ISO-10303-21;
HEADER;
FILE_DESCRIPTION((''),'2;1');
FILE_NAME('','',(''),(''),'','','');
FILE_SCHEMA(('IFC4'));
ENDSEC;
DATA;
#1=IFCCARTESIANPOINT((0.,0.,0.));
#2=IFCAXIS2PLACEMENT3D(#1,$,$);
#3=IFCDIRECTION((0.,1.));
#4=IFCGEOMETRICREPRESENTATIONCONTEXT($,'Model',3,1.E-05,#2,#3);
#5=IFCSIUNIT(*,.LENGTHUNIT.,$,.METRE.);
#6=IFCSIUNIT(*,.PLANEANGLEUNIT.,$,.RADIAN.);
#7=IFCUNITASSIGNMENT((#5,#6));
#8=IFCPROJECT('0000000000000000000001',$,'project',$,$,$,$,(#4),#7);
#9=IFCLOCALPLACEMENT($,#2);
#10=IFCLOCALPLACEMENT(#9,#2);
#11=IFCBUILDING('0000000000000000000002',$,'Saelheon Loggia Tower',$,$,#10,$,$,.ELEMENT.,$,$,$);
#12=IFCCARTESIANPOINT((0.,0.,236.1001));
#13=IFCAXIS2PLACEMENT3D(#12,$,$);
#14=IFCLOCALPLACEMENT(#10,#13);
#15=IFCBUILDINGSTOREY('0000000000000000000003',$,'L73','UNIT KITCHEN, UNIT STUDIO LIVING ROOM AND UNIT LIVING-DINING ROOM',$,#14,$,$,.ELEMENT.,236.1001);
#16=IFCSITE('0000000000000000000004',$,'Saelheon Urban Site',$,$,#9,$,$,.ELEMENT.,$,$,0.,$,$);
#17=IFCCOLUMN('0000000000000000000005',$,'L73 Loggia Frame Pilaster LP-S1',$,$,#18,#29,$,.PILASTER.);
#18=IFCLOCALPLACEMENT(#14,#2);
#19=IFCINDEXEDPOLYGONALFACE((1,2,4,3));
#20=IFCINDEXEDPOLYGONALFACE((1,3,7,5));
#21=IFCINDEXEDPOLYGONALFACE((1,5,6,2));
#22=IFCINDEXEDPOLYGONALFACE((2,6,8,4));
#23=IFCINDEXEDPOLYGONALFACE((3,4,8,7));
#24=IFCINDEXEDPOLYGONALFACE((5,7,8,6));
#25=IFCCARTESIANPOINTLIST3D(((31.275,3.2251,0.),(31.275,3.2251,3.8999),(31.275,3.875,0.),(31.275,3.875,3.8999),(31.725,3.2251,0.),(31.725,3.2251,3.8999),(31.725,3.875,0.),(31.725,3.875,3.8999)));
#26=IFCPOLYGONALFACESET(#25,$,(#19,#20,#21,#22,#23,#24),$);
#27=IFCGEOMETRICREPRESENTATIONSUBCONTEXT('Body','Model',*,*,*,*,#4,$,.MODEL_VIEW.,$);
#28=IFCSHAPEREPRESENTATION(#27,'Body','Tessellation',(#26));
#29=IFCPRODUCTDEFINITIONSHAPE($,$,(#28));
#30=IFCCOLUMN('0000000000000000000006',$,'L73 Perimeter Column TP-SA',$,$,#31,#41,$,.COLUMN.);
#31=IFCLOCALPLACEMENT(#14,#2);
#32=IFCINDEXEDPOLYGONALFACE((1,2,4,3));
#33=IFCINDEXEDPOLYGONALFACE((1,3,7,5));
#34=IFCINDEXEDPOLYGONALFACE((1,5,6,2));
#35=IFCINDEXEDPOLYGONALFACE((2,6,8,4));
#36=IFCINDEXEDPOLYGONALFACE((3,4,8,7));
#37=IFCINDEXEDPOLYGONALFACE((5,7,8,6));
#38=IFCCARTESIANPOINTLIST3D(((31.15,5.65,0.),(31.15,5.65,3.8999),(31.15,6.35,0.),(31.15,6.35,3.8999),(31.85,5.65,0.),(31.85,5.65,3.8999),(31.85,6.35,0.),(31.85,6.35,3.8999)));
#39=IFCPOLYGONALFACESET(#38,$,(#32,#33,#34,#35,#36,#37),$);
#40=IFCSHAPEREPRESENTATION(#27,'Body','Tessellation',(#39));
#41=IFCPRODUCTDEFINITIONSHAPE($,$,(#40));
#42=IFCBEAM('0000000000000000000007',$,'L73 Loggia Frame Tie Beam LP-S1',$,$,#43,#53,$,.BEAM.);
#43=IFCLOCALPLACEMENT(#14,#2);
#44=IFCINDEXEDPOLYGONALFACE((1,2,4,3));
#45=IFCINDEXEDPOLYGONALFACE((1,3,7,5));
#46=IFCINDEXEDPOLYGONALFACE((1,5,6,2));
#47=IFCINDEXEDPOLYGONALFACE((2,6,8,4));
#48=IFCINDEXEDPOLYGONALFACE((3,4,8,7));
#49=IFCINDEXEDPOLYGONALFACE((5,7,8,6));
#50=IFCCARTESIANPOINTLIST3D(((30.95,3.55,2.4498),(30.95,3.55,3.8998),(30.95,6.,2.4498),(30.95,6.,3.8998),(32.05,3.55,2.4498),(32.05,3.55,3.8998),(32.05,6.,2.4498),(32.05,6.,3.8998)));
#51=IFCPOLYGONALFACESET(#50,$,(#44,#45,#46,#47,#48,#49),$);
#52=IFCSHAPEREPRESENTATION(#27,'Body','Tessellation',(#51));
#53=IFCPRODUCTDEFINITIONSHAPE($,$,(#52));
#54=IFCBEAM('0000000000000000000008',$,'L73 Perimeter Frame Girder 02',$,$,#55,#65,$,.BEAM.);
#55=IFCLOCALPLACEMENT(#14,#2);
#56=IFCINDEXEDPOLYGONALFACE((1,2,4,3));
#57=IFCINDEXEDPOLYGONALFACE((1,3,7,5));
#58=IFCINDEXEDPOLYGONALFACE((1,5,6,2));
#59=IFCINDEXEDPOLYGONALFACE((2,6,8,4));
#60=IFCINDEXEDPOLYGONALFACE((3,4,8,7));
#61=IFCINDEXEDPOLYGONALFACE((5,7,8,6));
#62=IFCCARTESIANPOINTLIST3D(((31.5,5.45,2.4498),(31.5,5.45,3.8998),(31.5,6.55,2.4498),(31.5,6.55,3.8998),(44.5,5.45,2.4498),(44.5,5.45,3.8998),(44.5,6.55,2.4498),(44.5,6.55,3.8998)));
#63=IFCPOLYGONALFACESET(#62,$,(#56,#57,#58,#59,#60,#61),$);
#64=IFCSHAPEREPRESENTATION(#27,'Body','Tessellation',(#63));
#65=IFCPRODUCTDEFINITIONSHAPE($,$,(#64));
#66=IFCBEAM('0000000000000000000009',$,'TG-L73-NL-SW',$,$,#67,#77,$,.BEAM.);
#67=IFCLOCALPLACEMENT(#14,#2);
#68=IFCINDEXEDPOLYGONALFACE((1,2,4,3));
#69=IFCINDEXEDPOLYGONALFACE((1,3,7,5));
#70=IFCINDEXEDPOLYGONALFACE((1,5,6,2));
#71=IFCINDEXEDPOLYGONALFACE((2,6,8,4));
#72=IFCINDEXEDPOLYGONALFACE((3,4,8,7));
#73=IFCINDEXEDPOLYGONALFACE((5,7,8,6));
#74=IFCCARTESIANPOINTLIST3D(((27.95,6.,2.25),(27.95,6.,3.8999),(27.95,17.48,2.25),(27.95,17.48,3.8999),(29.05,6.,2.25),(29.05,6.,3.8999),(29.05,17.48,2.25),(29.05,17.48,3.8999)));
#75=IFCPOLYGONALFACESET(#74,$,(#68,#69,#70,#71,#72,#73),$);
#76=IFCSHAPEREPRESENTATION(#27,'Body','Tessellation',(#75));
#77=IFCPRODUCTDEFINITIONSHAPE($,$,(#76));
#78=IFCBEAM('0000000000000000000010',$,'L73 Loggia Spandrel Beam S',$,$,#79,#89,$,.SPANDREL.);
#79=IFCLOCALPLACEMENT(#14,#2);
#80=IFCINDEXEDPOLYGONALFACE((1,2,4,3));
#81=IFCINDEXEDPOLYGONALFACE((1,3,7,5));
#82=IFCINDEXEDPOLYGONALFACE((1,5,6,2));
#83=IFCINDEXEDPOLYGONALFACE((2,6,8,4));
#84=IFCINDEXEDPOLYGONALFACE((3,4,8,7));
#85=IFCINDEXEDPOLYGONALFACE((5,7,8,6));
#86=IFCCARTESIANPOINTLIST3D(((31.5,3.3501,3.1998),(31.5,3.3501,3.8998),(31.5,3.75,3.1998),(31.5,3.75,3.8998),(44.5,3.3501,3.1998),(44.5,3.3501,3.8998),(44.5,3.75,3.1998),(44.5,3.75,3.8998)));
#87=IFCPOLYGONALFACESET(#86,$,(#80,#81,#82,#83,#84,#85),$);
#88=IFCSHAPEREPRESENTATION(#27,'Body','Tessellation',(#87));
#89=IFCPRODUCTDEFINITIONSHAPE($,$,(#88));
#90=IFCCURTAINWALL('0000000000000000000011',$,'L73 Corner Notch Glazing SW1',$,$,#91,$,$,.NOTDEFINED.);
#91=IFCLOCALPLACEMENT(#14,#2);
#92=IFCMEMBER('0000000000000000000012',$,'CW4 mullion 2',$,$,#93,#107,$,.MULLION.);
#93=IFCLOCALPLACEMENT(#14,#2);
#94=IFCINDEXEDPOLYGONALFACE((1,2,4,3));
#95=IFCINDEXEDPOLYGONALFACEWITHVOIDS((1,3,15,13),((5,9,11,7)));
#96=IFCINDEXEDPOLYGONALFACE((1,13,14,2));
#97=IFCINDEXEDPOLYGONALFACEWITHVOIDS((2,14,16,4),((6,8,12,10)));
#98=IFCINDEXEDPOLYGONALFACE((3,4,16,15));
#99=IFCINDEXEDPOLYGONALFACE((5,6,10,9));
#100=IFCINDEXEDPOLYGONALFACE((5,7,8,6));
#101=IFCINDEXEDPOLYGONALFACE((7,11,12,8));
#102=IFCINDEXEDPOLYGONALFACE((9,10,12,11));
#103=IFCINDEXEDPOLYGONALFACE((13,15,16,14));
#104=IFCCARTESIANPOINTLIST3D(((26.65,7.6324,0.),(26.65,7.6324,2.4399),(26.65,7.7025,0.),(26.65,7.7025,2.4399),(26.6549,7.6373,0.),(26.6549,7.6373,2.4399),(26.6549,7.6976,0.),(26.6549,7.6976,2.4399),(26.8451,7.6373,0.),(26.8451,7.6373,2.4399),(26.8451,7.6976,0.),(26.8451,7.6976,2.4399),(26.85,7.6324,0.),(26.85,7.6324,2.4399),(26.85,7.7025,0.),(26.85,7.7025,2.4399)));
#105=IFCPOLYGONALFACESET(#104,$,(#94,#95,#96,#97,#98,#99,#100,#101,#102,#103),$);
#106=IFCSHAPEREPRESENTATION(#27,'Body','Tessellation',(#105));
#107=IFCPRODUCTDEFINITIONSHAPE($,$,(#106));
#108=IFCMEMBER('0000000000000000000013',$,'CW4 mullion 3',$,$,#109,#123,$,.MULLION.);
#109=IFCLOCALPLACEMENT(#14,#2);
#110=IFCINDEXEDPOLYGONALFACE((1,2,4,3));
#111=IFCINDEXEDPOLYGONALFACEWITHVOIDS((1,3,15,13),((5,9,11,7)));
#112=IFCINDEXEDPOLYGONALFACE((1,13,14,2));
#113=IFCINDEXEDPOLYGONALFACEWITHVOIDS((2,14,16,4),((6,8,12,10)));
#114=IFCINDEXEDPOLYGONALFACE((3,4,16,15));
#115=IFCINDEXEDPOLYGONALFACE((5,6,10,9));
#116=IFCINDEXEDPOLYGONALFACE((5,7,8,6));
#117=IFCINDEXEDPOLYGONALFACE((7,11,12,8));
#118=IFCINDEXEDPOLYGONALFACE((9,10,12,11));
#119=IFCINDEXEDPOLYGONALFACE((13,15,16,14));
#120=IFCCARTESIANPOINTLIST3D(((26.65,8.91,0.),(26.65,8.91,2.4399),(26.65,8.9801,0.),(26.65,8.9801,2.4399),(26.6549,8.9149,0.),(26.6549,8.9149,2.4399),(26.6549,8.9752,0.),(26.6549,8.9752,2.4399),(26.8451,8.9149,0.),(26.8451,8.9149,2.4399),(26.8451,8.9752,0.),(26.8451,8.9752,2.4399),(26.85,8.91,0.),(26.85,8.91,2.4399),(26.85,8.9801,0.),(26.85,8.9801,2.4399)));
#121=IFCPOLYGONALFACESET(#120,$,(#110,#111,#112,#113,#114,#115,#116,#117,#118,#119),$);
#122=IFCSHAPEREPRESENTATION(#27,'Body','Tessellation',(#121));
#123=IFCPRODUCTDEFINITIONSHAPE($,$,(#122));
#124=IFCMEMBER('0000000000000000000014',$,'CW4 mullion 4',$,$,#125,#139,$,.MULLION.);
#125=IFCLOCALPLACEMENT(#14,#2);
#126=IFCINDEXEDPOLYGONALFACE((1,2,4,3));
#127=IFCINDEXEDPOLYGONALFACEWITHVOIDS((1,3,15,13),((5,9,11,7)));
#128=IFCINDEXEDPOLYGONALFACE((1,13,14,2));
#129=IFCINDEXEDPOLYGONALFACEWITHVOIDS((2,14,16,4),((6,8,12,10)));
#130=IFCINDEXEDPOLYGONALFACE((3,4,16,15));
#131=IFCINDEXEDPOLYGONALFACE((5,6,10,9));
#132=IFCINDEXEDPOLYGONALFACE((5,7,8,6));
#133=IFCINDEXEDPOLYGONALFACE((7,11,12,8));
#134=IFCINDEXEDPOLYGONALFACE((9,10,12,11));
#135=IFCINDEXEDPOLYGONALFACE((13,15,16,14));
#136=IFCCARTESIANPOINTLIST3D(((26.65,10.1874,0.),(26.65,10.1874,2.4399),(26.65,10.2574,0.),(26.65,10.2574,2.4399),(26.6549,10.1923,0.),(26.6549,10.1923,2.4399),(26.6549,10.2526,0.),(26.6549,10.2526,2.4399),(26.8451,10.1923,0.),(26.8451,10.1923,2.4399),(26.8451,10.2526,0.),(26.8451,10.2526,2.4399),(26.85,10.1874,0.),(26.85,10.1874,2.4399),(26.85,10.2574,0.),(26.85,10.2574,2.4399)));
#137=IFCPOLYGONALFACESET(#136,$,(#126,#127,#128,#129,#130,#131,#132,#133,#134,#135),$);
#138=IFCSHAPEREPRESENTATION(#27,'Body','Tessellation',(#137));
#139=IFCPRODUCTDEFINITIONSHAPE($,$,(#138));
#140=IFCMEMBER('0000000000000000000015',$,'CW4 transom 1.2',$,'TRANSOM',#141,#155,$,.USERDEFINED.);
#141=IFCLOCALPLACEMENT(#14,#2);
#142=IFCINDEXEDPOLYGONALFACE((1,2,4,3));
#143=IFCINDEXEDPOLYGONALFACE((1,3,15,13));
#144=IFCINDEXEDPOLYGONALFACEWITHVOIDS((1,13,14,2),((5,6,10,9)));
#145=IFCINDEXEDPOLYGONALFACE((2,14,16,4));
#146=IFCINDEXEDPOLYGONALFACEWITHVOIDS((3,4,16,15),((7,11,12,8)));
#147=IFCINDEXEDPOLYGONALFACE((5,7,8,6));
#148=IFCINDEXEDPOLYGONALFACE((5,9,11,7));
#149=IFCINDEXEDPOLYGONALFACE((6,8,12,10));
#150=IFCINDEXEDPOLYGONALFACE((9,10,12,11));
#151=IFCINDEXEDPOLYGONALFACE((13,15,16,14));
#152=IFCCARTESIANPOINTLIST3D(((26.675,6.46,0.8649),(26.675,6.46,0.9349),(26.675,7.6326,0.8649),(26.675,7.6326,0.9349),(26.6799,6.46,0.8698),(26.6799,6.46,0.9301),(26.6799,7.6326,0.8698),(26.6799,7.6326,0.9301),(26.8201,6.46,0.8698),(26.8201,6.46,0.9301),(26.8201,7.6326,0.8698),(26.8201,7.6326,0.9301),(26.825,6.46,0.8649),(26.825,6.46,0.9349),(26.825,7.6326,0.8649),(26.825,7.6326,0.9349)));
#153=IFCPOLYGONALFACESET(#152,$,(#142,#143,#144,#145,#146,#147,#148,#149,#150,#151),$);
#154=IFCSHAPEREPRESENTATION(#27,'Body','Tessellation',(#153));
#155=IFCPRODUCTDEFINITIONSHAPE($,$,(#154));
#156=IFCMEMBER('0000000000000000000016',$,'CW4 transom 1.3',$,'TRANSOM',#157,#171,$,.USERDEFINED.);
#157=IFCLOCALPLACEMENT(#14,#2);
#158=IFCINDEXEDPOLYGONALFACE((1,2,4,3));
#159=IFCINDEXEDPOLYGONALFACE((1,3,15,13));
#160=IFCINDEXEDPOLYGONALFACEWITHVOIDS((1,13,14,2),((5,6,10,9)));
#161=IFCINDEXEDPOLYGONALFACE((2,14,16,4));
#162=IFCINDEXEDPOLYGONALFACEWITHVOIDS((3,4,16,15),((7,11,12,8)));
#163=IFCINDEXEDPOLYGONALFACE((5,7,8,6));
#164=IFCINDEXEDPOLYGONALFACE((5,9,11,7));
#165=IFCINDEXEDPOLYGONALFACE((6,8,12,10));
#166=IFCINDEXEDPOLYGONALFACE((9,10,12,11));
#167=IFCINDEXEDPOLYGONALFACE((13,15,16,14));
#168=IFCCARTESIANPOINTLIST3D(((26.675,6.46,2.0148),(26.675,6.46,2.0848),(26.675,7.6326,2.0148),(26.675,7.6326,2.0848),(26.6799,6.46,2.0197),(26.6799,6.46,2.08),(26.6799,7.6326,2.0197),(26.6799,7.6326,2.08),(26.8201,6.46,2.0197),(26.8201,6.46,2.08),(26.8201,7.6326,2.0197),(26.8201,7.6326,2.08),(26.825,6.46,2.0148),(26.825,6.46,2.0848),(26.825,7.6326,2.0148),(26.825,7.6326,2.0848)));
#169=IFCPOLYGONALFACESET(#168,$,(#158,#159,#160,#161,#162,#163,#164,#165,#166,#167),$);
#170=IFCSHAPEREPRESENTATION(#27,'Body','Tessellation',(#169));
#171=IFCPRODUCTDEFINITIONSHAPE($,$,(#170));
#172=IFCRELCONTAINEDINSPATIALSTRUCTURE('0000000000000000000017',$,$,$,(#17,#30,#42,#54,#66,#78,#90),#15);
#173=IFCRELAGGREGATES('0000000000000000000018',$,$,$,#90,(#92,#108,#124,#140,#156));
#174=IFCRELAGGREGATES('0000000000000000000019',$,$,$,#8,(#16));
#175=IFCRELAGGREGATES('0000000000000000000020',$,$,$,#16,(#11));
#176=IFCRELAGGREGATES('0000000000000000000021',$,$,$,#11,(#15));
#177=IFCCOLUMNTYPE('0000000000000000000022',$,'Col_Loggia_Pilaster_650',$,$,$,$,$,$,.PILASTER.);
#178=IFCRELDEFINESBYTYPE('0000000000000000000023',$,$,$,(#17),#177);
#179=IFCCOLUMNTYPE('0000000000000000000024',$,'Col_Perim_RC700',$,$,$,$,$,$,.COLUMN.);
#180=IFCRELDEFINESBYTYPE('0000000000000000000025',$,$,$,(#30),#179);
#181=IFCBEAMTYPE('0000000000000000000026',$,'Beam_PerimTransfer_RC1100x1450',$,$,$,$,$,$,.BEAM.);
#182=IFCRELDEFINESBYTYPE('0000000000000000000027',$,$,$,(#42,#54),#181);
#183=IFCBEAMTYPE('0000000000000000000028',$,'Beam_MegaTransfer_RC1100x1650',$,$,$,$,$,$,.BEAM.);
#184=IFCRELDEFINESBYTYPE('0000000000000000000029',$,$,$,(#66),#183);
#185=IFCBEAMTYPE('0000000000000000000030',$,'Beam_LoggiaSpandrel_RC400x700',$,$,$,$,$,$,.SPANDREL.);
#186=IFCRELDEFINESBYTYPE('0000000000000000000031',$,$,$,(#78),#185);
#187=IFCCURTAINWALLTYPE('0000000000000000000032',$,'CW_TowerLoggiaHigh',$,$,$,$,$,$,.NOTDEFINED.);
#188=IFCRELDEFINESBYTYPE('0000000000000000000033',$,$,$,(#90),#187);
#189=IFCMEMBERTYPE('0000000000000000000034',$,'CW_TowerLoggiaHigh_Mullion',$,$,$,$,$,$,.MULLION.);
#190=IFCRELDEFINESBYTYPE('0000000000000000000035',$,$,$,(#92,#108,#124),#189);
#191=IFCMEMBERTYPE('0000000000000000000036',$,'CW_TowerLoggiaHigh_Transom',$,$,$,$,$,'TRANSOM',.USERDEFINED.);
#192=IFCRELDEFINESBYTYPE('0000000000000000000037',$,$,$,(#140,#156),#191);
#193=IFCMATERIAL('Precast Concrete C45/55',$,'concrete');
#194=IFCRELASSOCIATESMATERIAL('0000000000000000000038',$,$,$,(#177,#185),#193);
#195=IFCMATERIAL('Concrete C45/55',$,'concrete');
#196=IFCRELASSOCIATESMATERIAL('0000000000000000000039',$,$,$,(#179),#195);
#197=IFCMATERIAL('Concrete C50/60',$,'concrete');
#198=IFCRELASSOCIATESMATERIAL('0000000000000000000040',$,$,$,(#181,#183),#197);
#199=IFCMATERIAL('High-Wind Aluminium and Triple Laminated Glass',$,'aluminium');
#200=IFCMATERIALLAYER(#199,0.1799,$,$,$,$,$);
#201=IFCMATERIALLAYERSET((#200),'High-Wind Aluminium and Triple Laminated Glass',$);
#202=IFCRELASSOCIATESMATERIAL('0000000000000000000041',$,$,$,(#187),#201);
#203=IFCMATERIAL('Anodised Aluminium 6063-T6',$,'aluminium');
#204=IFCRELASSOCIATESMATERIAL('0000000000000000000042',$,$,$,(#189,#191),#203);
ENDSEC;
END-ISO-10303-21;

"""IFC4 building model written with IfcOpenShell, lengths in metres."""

from ifc_helpers import new_model, si_unit, direction, frame, origin, origin_2d, place, context, subcontext, project, spatial, rectangle, hollow_rectangle, extrude, source, transform, mapped, material, layer, layer_set, material_profile, profile_set, type_object, element, aggregate, save


model = new_model("IFC4")

# Units and contexts
model_context = context("Model", 3, precision=1e-05, world=origin(), true_north=direction((0.0, 1.0)))
body_context = subcontext(model_context, "Body", "Model", "MODEL_VIEW")
ifc_project = project(units=[si_unit("LENGTHUNIT", "METRE"), si_unit("PLANEANGLEUNIT", "RADIAN")], contexts=[model_context])

# Site, building, storey
site_placement = place(None, origin())
site = spatial("IfcSite", under=ifc_project, at=site_placement, Name="Saelheon Urban Site", CompositionType="ELEMENT", RefElevation=0.0)
building_placement = place(site_placement, origin())
building = spatial("IfcBuilding", under=site, at=building_placement, Name="Saelheon Loggia Tower", CompositionType="ELEMENT")
storey_placement = place(building_placement, frame((0.0, 0.0, 236.1001)))
storey = spatial("IfcBuildingStorey", under=building, at=storey_placement, Name="L73", Description="UNIT KITCHEN, UNIT STUDIO LIVING ROOM AND UNIT LIVING-DINING ROOM", CompositionType="ELEMENT", Elevation=236.1001)

# Columns
ifc_material_1 = material(Name="Precast Concrete C45/55", Category="concrete")
ifc_material_profile_1 = material_profile(ifc_material_1, rectangle(XDim=0.45, YDim=0.6499, at=origin_2d()), Name="RC-450x650")
ifc_profile_set_1 = profile_set([ifc_material_profile_1], Name="Precast Concrete C45/55")
column_type_1 = type_object("IfcColumnType", Name="Col_Loggia_Pilaster_650", PredefinedType="PILASTER", material=ifc_profile_set_1)
shared_shape_1 = source(origin(), body_context, "Body", "SweptSolid", [
    extrude(rectangle(XDim=0.45, YDim=0.6499, at=origin_2d()), origin(), (0.0, 0.0, 1.0), 3.8999),
])
column_1_placement = place(storey_placement, frame((31.5, 3.55, 0.0), z_axis=(0.0, 0.0, 1.0), x_axis=(1.0, 0.0, 0.0)))
element("IfcColumn", 1, at=column_1_placement, inside=storey, type_object=column_type_1, Name="L73 Loggia Frame Pilaster LP-S1", PredefinedType="PILASTER", context=body_context, shape_type="MappedRepresentation", body=[
    mapped(shared_shape_1, transform((0.0, 0.0, 0.0), scale=1.0)),
])
ifc_material_2 = material(Name="Concrete C45/55", Category="concrete")
ifc_material_profile_2 = material_profile(ifc_material_2, rectangle(XDim=0.7, YDim=0.7, at=origin_2d()), Name="RC-700x700")
ifc_profile_set_2 = profile_set([ifc_material_profile_2], Name="Concrete C45/55")
column_type_2 = type_object("IfcColumnType", Name="Col_Perim_RC700", PredefinedType="COLUMN", material=ifc_profile_set_2)
shared_shape_2 = source(origin(), body_context, "Body", "SweptSolid", [
    extrude(rectangle(XDim=0.7, YDim=0.7, at=origin_2d()), origin(), (0.0, 0.0, 1.0), 3.8999),
])
column_2_placement = place(storey_placement, frame((31.5, 6.0, 0.0), z_axis=(0.0, 0.0, 1.0), x_axis=(1.0, 0.0, 0.0)))
element("IfcColumn", 2, at=column_2_placement, inside=storey, type_object=column_type_2, Name="L73 Perimeter Column TP-SA", PredefinedType="COLUMN", context=body_context, shape_type="MappedRepresentation", body=[
    mapped(shared_shape_2, transform((0.0, 0.0, 0.0), scale=1.0)),
])

# Beams
ifc_material_3 = material(Name="Concrete C50/60", Category="concrete")
ifc_material_profile_3 = material_profile(ifc_material_3, rectangle(XDim=1.1001, YDim=1.45, at=origin_2d()), Name="RC-1100x1450")
ifc_profile_set_3 = profile_set([ifc_material_profile_3], Name="Concrete C50/60")
beam_type_1 = type_object("IfcBeamType", Name="Beam_PerimTransfer_RC1100x1450", PredefinedType="BEAM", material=ifc_profile_set_3)
shared_shape_3 = source(origin(), body_context, "Body", "SweptSolid", [
    extrude(rectangle(XDim=1.1001, YDim=1.45, at=origin_2d()), origin(), (0.0, 0.0, 1.0), 2.45),
])
beam_1_placement = place(storey_placement, frame((31.5, 6.0, 3.1748), z_axis=(0.0, -1.0, 0.0), x_axis=(1.0, 0.0, 0.0)))
element("IfcBeam", 3, at=beam_1_placement, inside=storey, type_object=beam_type_1, Name="L73 Loggia Frame Tie Beam LP-S1", PredefinedType="BEAM", context=body_context, shape_type="MappedRepresentation", body=[
    mapped(shared_shape_3, transform((0.0, 0.0, 0.0), scale=1.0)),
])
shared_shape_4 = source(origin(), body_context, "Body", "SweptSolid", [
    extrude(rectangle(XDim=1.1001, YDim=1.45, at=origin_2d()), origin(), (0.0, 0.0, 1.0), 13.0),
])
beam_2_placement = place(storey_placement, frame((31.5, 6.0, 3.1748), z_axis=(1.0, 0.0, 0.0), x_axis=(0.0, 1.0, 0.0)))
element("IfcBeam", 4, at=beam_2_placement, inside=storey, type_object=beam_type_1, Name="L73 Perimeter Frame Girder 02", PredefinedType="BEAM", context=body_context, shape_type="MappedRepresentation", body=[
    mapped(shared_shape_4, transform((0.0, 0.0, 0.0), scale=1.0)),
])
ifc_material_profile_4 = material_profile(ifc_material_3, rectangle(XDim=1.1001, YDim=1.6499, at=origin_2d()), Name="RC-1100x1650")
ifc_profile_set_4 = profile_set([ifc_material_profile_4], Name="Concrete C50/60")
beam_type_2 = type_object("IfcBeamType", Name="Beam_MegaTransfer_RC1100x1650", PredefinedType="BEAM", material=ifc_profile_set_4)
shared_shape_5 = source(origin(), body_context, "Body", "SweptSolid", [
    extrude(rectangle(XDim=1.1001, YDim=1.6499, at=origin_2d()), origin(), (0.0, 0.0, 1.0), 11.48),
])
beam_3_placement = place(storey_placement, frame((28.5, 6.0, 3.075), z_axis=(0.0, 1.0, 0.0), x_axis=(-1.0, 0.0, 0.0)))
element("IfcBeam", 5, at=beam_3_placement, inside=storey, type_object=beam_type_2, Name="TG-L73-NL-SW", PredefinedType="BEAM", context=body_context, shape_type="MappedRepresentation", body=[
    mapped(shared_shape_5, transform((0.0, 0.0, 0.0), scale=1.0)),
])
ifc_material_profile_5 = material_profile(ifc_material_1, rectangle(XDim=0.3999, YDim=0.7, at=origin_2d()), Name="RC-400x700")
ifc_profile_set_5 = profile_set([ifc_material_profile_5], Name="Precast Concrete C45/55")
beam_type_3 = type_object("IfcBeamType", Name="Beam_LoggiaSpandrel_RC400x700", PredefinedType="SPANDREL", material=ifc_profile_set_5)
shared_shape_6 = source(origin(), body_context, "Body", "SweptSolid", [
    extrude(rectangle(XDim=0.3999, YDim=0.7, at=origin_2d()), origin(), (0.0, 0.0, 1.0), 13.0),
])
beam_4_placement = place(storey_placement, frame((31.5, 3.55, 3.5498), z_axis=(1.0, 0.0, 0.0), x_axis=(0.0, 1.0, 0.0)))
element("IfcBeam", 6, at=beam_4_placement, inside=storey, type_object=beam_type_3, Name="L73 Loggia Spandrel Beam S", PredefinedType="SPANDREL", context=body_context, shape_type="MappedRepresentation", body=[
    mapped(shared_shape_6, transform((0.0, 0.0, 0.0), scale=1.0)),
])

# Curtain wall, members
ifc_material_4 = material(Name="High-Wind Aluminium and Triple Laminated Glass", Category="aluminium")
ifc_layer_1 = layer(ifc_material_4, 0.1799)
ifc_layer_set_1 = layer_set([ifc_layer_1], Name="High-Wind Aluminium and Triple Laminated Glass")
curtain_wall_type = type_object("IfcCurtainWallType", Name="CW_TowerLoggiaHigh", PredefinedType="NOTDEFINED", material=ifc_layer_set_1)
curtain_wall_placement = place(storey_placement, origin())
curtain_wall = element("IfcCurtainWall", 7, at=curtain_wall_placement, inside=storey, type_object=curtain_wall_type, Name="L73 Corner Notch Glazing SW1", PredefinedType="NOTDEFINED")
ifc_material_5 = material(Name="Anodised Aluminium 6063-T6", Category="aluminium")
ifc_material_profile_6 = material_profile(ifc_material_5, hollow_rectangle(XDim=0.0701, YDim=0.2, WallThickness=0.0049, at=origin_2d()), Name="RHS-200x70x5")
ifc_profile_set_6 = profile_set([ifc_material_profile_6], Name="Anodised Aluminium 6063-T6")
member_type_1 = type_object("IfcMemberType", Name="CW_TowerLoggiaHigh_Mullion", PredefinedType="MULLION", material=ifc_profile_set_6)
shared_shape_7 = source(origin(), body_context, "Body", "SweptSolid", [
    extrude(hollow_rectangle(XDim=0.0701, YDim=0.2, WallThickness=0.0049, at=origin_2d()), origin(), (0.0, 0.0, 1.0), 2.4399),
])
member_1_placement = place(storey_placement, frame((26.75, 7.6675, 0.0), z_axis=(0.0, 0.0, 1.0), x_axis=(0.0, 1.0, 0.0)))
member_1 = element("IfcMember", 8, at=member_1_placement, type_object=member_type_1, Name="CW4 mullion 2", PredefinedType="MULLION", context=body_context, shape_type="MappedRepresentation", body=[
    mapped(shared_shape_7, transform((0.0, 0.0, 0.0), scale=1.0)),
])
member_2_placement = place(storey_placement, frame((26.75, 8.9451, 0.0), z_axis=(0.0, 0.0, 1.0), x_axis=(0.0, 1.0, 0.0)))
member_2 = element("IfcMember", 9, at=member_2_placement, type_object=member_type_1, Name="CW4 mullion 3", PredefinedType="MULLION", context=body_context, shape_type="MappedRepresentation", body=[
    mapped(shared_shape_7, transform((0.0, 0.0, 0.0), scale=1.0)),
])
member_3_placement = place(storey_placement, frame((26.75, 10.2224, 0.0), z_axis=(0.0, 0.0, 1.0), x_axis=(0.0, 1.0, 0.0)))
member_3 = element("IfcMember", 10, at=member_3_placement, type_object=member_type_1, Name="CW4 mullion 4", PredefinedType="MULLION", context=body_context, shape_type="MappedRepresentation", body=[
    mapped(shared_shape_7, transform((0.0, 0.0, 0.0), scale=1.0)),
])
ifc_material_profile_7 = material_profile(ifc_material_5, hollow_rectangle(XDim=0.0701, YDim=0.1499, WallThickness=0.0049, at=origin_2d()), Name="RHS-150x70x5")
ifc_profile_set_7 = profile_set([ifc_material_profile_7], Name="Anodised Aluminium 6063-T6")
member_type_2 = type_object("IfcMemberType", Name="CW_TowerLoggiaHigh_Transom", ElementType="TRANSOM", PredefinedType="USERDEFINED", material=ifc_profile_set_7)
shared_shape_8 = source(origin(), body_context, "Body", "SweptSolid", [
    extrude(hollow_rectangle(XDim=0.0701, YDim=0.1499, WallThickness=0.0049, at=origin_2d()), origin(), (0.0, 0.0, 1.0), 1.1726),
])
member_4_placement = place(storey_placement, frame((26.75, 6.46, 0.8999), z_axis=(0.0, 1.0, 0.0), x_axis=(0.0, 0.0, 1.0)))
member_4 = element("IfcMember", 11, at=member_4_placement, type_object=member_type_2, Name="CW4 transom 1.2", ObjectType="TRANSOM", PredefinedType="USERDEFINED", context=body_context, shape_type="MappedRepresentation", body=[
    mapped(shared_shape_8, transform((0.0, 0.0, 0.0), scale=1.0)),
])
member_5_placement = place(storey_placement, frame((26.75, 6.46, 2.0498), z_axis=(0.0, 1.0, 0.0), x_axis=(0.0, 0.0, 1.0)))
member_5 = element("IfcMember", 12, at=member_5_placement, type_object=member_type_2, Name="CW4 transom 1.3", ObjectType="TRANSOM", PredefinedType="USERDEFINED", context=body_context, shape_type="MappedRepresentation", body=[
    mapped(shared_shape_8, transform((0.0, 0.0, 0.0), scale=1.0)),
])
aggregate(curtain_wall, [member_1, member_2, member_3, member_4, member_5])

save(model, "model.ifc")
